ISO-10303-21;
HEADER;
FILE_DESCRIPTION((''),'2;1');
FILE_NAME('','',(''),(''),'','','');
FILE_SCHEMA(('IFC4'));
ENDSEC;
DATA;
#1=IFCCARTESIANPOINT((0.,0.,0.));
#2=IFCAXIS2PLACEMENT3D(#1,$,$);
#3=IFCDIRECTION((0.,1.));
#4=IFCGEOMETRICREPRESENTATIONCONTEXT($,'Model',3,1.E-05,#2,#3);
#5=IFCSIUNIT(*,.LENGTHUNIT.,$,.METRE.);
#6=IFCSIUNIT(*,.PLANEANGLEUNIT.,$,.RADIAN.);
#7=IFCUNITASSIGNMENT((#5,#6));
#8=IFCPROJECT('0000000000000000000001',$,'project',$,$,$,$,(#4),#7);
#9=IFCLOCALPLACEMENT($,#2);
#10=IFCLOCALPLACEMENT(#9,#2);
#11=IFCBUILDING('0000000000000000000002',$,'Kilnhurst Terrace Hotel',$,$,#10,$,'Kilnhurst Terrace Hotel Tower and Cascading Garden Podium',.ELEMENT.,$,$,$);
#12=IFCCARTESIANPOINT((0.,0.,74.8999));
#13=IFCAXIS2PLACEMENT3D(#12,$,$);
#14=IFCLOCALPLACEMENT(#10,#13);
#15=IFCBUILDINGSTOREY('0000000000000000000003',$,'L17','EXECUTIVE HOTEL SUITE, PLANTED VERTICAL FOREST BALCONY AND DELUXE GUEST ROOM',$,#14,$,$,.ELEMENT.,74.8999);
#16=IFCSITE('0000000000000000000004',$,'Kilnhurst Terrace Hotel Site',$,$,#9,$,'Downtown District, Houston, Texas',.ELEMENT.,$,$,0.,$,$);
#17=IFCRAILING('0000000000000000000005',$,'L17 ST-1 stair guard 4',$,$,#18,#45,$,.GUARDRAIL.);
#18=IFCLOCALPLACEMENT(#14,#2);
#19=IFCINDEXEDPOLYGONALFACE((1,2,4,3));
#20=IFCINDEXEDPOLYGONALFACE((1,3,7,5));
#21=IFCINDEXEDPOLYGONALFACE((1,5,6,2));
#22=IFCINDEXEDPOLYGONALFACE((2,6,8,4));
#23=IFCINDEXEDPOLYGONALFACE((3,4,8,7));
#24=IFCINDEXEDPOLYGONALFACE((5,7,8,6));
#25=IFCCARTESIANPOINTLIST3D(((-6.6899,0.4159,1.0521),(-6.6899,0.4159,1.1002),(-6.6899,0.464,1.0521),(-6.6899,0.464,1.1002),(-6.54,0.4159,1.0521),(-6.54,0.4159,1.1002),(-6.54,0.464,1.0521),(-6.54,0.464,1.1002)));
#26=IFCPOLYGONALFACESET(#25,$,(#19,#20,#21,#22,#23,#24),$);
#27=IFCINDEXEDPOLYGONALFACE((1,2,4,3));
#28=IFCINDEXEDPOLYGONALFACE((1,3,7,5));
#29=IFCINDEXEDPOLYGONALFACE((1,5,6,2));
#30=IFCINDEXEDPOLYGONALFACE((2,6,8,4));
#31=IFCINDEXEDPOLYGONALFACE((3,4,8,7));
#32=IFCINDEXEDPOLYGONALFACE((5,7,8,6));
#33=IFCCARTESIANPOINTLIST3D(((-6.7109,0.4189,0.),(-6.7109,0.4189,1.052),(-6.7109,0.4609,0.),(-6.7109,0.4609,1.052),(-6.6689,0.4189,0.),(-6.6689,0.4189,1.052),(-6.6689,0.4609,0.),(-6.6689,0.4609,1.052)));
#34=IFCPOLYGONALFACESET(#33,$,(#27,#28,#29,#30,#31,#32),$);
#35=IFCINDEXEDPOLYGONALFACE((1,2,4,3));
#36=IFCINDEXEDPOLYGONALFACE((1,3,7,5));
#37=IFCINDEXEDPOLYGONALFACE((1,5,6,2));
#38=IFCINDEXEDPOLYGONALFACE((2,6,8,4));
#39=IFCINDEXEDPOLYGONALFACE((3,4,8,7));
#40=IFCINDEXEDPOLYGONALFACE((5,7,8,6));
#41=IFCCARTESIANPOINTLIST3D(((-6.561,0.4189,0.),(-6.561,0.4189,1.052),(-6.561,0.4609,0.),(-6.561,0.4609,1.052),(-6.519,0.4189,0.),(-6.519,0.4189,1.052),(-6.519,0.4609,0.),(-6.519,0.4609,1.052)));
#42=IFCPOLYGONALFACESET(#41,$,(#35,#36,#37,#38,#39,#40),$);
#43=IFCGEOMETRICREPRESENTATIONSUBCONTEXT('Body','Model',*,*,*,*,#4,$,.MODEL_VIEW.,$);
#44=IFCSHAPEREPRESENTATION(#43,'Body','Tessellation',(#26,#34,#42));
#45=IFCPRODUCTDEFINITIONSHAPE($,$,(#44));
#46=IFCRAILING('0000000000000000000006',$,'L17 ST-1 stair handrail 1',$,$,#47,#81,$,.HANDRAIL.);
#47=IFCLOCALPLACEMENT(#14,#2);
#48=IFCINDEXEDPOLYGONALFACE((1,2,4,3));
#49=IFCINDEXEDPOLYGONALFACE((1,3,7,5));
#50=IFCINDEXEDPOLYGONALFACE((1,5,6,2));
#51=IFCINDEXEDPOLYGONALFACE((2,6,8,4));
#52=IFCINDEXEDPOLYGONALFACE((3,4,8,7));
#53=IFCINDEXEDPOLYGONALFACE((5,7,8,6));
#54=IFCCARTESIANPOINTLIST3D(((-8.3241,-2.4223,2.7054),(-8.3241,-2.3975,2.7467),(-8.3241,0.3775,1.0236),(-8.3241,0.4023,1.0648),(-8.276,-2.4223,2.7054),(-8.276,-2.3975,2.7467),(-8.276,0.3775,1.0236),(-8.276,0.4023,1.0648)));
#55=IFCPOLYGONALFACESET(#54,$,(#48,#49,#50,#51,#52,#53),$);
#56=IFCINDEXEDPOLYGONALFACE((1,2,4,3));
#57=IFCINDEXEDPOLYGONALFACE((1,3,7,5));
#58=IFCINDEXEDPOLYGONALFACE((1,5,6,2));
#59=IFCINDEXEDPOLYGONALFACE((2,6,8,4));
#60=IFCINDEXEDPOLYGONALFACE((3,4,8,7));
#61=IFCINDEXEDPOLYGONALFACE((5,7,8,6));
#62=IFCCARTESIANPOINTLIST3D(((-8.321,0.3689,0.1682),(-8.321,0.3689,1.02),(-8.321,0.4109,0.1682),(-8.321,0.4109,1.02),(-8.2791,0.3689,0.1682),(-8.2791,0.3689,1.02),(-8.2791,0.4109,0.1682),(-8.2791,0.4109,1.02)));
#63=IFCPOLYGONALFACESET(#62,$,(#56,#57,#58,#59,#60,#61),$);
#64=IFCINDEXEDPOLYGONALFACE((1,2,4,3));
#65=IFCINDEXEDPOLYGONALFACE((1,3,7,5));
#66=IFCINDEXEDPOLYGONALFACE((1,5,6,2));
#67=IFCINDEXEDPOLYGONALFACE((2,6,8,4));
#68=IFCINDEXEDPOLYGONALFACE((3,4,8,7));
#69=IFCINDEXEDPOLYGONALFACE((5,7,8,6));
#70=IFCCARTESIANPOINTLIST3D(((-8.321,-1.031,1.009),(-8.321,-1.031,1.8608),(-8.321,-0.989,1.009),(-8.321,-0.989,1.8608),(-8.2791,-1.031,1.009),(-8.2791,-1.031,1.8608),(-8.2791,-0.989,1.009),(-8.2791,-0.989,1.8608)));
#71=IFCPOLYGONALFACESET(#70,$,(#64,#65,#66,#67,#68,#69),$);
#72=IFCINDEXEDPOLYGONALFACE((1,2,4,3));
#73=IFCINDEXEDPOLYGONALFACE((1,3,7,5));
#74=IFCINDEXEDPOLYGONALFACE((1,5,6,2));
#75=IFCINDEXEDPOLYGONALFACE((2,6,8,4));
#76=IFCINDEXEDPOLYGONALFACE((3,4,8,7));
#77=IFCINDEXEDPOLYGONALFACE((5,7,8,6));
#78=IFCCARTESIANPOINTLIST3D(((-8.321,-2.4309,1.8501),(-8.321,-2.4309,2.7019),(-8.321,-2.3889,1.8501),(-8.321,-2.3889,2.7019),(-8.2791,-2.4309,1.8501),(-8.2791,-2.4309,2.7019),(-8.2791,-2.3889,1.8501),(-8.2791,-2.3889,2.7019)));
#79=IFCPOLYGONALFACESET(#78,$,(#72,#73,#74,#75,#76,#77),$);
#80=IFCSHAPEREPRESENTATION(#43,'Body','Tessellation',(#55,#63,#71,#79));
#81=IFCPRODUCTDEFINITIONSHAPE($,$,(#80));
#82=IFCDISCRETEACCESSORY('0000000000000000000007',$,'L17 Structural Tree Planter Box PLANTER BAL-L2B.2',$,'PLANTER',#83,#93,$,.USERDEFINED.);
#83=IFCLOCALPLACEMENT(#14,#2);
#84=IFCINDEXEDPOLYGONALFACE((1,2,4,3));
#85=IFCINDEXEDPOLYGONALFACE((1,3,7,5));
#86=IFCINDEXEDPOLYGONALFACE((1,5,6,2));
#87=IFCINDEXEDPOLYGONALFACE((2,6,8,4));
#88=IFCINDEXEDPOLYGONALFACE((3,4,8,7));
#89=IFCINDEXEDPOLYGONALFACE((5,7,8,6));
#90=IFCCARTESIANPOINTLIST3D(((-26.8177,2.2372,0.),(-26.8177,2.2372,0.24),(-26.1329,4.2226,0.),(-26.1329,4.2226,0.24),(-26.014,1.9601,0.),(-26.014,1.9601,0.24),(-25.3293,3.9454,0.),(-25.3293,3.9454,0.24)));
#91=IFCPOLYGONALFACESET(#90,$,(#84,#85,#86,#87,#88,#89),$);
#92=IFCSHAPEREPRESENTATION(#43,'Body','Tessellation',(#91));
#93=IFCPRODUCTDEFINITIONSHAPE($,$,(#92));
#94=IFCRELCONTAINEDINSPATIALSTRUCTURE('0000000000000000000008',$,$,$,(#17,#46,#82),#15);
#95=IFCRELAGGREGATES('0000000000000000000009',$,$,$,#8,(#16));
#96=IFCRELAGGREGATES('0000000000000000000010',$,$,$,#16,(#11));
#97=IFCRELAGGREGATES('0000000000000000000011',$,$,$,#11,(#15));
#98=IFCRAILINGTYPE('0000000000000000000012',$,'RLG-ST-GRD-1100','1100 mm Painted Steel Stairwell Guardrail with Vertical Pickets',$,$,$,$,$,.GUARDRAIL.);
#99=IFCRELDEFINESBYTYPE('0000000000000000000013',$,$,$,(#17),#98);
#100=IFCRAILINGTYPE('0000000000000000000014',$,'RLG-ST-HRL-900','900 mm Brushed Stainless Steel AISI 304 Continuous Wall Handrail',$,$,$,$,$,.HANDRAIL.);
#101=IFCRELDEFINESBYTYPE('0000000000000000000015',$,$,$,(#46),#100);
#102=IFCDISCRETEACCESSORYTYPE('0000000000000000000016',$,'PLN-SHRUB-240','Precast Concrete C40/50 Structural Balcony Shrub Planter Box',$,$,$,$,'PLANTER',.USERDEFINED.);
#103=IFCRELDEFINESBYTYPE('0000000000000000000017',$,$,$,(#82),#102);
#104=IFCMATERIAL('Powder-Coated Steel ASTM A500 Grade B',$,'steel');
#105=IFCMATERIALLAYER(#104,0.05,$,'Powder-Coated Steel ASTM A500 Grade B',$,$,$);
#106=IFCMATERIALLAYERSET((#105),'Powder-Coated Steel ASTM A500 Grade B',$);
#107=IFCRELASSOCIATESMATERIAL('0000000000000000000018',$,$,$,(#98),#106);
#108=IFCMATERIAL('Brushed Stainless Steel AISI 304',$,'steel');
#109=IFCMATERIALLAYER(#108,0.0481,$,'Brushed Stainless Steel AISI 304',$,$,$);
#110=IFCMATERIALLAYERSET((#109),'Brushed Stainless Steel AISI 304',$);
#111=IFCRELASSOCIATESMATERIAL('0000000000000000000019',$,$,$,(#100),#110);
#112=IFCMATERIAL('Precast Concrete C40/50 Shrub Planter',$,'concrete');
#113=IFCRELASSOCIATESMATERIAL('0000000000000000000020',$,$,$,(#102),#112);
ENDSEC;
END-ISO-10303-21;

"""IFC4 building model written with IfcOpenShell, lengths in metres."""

from ifc_helpers import new_model, si_unit, direction, frame, origin, origin_2d, place, context, subcontext, project, spatial, rectangle, extrude, material, layer, layer_set, type_object, element, save


model = new_model("IFC4")

# Units and contexts
model_context = context("Model", 3, precision=1e-05, world=origin(), true_north=direction((0.0, 1.0)))
body_context = subcontext(model_context, "Body", "Model", "MODEL_VIEW")
ifc_project = project(units=[si_unit("LENGTHUNIT", "METRE"), si_unit("PLANEANGLEUNIT", "RADIAN")], contexts=[model_context])

# Site, building, storey
site_placement = place(None, origin())
site = spatial("IfcSite", under=ifc_project, at=site_placement, Name="Kilnhurst Terrace Hotel Site", LongName="Downtown District, Houston, Texas", CompositionType="ELEMENT", RefElevation=0.0)
building_placement = place(site_placement, origin())
building = spatial("IfcBuilding", under=site, at=building_placement, Name="Kilnhurst Terrace Hotel", LongName="Kilnhurst Terrace Hotel Tower and Cascading Garden Podium", CompositionType="ELEMENT")
storey_placement = place(building_placement, frame((0.0, 0.0, 74.8999)))
storey = spatial("IfcBuildingStorey", under=building, at=storey_placement, Name="L17", Description="EXECUTIVE HOTEL SUITE, PLANTED VERTICAL FOREST BALCONY AND DELUXE GUEST ROOM", CompositionType="ELEMENT", Elevation=74.8999)

# Railings
ifc_material_1 = material(Name="Powder-Coated Steel ASTM A500 Grade B", Category="steel")
ifc_layer_1 = layer(ifc_material_1, 0.05, Name="Powder-Coated Steel ASTM A500 Grade B")
ifc_layer_set_1 = layer_set([ifc_layer_1], Name="Powder-Coated Steel ASTM A500 Grade B")
railing_type_1 = type_object("IfcRailingType", Name="RLG-ST-GRD-1100", Description="1100 mm Painted Steel Stairwell Guardrail with Vertical Pickets", PredefinedType="GUARDRAIL", material=ifc_layer_set_1)
railing_1_placement = place(storey_placement, frame((-6.6899, 0.4399, 0.0)))
element("IfcRailing", 1, at=railing_1_placement, inside=storey, type_object=railing_type_1, Name="L17 ST-1 stair guard 4", PredefinedType="GUARDRAIL", context=body_context, shape_type="SweptSolid", body=[
    extrude(rectangle(XDim=0.0481, YDim=0.0481, at=origin_2d()), frame((0.0, 0.0, 1.0762), z_axis=(1.0, 0.0, 0.0), x_axis=(0.0, 1.0, 0.0)), (0.0, 0.0, 1.0), 0.1499),
    extrude(rectangle(XDim=0.042, YDim=0.042, at=origin_2d()), origin(), (0.0, 0.0, 1.0), 1.052),
    extrude(rectangle(XDim=0.042, YDim=0.042, at=origin_2d()), frame((0.1499, 0.0, 0.0)), (0.0, 0.0, 1.0), 1.052),
])
ifc_material_2 = material(Name="Brushed Stainless Steel AISI 304", Category="steel")
ifc_layer_2 = layer(ifc_material_2, 0.0481, Name="Brushed Stainless Steel AISI 304")
ifc_layer_set_2 = layer_set([ifc_layer_2], Name="Brushed Stainless Steel AISI 304")
railing_type_2 = type_object("IfcRailingType", Name="RLG-ST-HRL-900", Description="900 mm Brushed Stainless Steel AISI 304 Continuous Wall Handrail", PredefinedType="HANDRAIL", material=ifc_layer_set_2)
railing_2_placement = place(storey_placement, frame((-8.3, 0.3899, 0.1682)))
element("IfcRailing", 2, at=railing_2_placement, inside=storey, type_object=railing_type_2, Name="L17 ST-1 stair handrail 1", PredefinedType="HANDRAIL", context=body_context, shape_type="SweptSolid", body=[
    extrude(rectangle(XDim=0.0481, YDim=0.0481, at=origin_2d()), frame((0.0, 0.0, 0.876), z_axis=(0.0, -0.857222, 0.514946), x_axis=(1.0, 0.0, 0.0)), (0.0, 0.0, 1.0), 3.2661),
    extrude(rectangle(XDim=0.042, YDim=0.042, at=origin_2d()), origin(), (0.0, 0.0, 1.0), 0.8518),
    extrude(rectangle(XDim=0.042, YDim=0.042, at=origin_2d()), frame((0.0, -1.3999, 0.8408)), (0.0, 0.0, 1.0), 0.8518),
    extrude(rectangle(XDim=0.042, YDim=0.042, at=origin_2d()), frame((0.0, -2.7998, 1.6819)), (0.0, 0.0, 1.0), 0.8518),
])

# Discrete accessory
ifc_material_3 = material(Name="Precast Concrete C40/50 Shrub Planter", Category="concrete")
discrete_accessory_type = type_object("IfcDiscreteAccessoryType", Name="PLN-SHRUB-240", Description="Precast Concrete C40/50 Structural Balcony Shrub Planter Box", ElementType="PLANTER", PredefinedType="USERDEFINED", material=ifc_material_3)
discrete_accessory_placement = place(storey_placement, frame((-26.0735, 3.0913, 0.0), z_axis=(0.0, 0.0, 1.0), x_axis=(-0.326063, -0.945348, 0.0)))
element("IfcDiscreteAccessory", 3, at=discrete_accessory_placement, inside=storey, type_object=discrete_accessory_type, Name="L17 Structural Tree Planter Box PLANTER BAL-L2B.2", ObjectType="PLANTER", PredefinedType="USERDEFINED", context=body_context, shape_type="SweptSolid", body=[
    extrude(rectangle(XDim=2.1001, YDim=0.8501, at=origin_2d()), origin(), (0.0, 0.0, 1.0), 0.24),
])

save(model, "model.ifc")
